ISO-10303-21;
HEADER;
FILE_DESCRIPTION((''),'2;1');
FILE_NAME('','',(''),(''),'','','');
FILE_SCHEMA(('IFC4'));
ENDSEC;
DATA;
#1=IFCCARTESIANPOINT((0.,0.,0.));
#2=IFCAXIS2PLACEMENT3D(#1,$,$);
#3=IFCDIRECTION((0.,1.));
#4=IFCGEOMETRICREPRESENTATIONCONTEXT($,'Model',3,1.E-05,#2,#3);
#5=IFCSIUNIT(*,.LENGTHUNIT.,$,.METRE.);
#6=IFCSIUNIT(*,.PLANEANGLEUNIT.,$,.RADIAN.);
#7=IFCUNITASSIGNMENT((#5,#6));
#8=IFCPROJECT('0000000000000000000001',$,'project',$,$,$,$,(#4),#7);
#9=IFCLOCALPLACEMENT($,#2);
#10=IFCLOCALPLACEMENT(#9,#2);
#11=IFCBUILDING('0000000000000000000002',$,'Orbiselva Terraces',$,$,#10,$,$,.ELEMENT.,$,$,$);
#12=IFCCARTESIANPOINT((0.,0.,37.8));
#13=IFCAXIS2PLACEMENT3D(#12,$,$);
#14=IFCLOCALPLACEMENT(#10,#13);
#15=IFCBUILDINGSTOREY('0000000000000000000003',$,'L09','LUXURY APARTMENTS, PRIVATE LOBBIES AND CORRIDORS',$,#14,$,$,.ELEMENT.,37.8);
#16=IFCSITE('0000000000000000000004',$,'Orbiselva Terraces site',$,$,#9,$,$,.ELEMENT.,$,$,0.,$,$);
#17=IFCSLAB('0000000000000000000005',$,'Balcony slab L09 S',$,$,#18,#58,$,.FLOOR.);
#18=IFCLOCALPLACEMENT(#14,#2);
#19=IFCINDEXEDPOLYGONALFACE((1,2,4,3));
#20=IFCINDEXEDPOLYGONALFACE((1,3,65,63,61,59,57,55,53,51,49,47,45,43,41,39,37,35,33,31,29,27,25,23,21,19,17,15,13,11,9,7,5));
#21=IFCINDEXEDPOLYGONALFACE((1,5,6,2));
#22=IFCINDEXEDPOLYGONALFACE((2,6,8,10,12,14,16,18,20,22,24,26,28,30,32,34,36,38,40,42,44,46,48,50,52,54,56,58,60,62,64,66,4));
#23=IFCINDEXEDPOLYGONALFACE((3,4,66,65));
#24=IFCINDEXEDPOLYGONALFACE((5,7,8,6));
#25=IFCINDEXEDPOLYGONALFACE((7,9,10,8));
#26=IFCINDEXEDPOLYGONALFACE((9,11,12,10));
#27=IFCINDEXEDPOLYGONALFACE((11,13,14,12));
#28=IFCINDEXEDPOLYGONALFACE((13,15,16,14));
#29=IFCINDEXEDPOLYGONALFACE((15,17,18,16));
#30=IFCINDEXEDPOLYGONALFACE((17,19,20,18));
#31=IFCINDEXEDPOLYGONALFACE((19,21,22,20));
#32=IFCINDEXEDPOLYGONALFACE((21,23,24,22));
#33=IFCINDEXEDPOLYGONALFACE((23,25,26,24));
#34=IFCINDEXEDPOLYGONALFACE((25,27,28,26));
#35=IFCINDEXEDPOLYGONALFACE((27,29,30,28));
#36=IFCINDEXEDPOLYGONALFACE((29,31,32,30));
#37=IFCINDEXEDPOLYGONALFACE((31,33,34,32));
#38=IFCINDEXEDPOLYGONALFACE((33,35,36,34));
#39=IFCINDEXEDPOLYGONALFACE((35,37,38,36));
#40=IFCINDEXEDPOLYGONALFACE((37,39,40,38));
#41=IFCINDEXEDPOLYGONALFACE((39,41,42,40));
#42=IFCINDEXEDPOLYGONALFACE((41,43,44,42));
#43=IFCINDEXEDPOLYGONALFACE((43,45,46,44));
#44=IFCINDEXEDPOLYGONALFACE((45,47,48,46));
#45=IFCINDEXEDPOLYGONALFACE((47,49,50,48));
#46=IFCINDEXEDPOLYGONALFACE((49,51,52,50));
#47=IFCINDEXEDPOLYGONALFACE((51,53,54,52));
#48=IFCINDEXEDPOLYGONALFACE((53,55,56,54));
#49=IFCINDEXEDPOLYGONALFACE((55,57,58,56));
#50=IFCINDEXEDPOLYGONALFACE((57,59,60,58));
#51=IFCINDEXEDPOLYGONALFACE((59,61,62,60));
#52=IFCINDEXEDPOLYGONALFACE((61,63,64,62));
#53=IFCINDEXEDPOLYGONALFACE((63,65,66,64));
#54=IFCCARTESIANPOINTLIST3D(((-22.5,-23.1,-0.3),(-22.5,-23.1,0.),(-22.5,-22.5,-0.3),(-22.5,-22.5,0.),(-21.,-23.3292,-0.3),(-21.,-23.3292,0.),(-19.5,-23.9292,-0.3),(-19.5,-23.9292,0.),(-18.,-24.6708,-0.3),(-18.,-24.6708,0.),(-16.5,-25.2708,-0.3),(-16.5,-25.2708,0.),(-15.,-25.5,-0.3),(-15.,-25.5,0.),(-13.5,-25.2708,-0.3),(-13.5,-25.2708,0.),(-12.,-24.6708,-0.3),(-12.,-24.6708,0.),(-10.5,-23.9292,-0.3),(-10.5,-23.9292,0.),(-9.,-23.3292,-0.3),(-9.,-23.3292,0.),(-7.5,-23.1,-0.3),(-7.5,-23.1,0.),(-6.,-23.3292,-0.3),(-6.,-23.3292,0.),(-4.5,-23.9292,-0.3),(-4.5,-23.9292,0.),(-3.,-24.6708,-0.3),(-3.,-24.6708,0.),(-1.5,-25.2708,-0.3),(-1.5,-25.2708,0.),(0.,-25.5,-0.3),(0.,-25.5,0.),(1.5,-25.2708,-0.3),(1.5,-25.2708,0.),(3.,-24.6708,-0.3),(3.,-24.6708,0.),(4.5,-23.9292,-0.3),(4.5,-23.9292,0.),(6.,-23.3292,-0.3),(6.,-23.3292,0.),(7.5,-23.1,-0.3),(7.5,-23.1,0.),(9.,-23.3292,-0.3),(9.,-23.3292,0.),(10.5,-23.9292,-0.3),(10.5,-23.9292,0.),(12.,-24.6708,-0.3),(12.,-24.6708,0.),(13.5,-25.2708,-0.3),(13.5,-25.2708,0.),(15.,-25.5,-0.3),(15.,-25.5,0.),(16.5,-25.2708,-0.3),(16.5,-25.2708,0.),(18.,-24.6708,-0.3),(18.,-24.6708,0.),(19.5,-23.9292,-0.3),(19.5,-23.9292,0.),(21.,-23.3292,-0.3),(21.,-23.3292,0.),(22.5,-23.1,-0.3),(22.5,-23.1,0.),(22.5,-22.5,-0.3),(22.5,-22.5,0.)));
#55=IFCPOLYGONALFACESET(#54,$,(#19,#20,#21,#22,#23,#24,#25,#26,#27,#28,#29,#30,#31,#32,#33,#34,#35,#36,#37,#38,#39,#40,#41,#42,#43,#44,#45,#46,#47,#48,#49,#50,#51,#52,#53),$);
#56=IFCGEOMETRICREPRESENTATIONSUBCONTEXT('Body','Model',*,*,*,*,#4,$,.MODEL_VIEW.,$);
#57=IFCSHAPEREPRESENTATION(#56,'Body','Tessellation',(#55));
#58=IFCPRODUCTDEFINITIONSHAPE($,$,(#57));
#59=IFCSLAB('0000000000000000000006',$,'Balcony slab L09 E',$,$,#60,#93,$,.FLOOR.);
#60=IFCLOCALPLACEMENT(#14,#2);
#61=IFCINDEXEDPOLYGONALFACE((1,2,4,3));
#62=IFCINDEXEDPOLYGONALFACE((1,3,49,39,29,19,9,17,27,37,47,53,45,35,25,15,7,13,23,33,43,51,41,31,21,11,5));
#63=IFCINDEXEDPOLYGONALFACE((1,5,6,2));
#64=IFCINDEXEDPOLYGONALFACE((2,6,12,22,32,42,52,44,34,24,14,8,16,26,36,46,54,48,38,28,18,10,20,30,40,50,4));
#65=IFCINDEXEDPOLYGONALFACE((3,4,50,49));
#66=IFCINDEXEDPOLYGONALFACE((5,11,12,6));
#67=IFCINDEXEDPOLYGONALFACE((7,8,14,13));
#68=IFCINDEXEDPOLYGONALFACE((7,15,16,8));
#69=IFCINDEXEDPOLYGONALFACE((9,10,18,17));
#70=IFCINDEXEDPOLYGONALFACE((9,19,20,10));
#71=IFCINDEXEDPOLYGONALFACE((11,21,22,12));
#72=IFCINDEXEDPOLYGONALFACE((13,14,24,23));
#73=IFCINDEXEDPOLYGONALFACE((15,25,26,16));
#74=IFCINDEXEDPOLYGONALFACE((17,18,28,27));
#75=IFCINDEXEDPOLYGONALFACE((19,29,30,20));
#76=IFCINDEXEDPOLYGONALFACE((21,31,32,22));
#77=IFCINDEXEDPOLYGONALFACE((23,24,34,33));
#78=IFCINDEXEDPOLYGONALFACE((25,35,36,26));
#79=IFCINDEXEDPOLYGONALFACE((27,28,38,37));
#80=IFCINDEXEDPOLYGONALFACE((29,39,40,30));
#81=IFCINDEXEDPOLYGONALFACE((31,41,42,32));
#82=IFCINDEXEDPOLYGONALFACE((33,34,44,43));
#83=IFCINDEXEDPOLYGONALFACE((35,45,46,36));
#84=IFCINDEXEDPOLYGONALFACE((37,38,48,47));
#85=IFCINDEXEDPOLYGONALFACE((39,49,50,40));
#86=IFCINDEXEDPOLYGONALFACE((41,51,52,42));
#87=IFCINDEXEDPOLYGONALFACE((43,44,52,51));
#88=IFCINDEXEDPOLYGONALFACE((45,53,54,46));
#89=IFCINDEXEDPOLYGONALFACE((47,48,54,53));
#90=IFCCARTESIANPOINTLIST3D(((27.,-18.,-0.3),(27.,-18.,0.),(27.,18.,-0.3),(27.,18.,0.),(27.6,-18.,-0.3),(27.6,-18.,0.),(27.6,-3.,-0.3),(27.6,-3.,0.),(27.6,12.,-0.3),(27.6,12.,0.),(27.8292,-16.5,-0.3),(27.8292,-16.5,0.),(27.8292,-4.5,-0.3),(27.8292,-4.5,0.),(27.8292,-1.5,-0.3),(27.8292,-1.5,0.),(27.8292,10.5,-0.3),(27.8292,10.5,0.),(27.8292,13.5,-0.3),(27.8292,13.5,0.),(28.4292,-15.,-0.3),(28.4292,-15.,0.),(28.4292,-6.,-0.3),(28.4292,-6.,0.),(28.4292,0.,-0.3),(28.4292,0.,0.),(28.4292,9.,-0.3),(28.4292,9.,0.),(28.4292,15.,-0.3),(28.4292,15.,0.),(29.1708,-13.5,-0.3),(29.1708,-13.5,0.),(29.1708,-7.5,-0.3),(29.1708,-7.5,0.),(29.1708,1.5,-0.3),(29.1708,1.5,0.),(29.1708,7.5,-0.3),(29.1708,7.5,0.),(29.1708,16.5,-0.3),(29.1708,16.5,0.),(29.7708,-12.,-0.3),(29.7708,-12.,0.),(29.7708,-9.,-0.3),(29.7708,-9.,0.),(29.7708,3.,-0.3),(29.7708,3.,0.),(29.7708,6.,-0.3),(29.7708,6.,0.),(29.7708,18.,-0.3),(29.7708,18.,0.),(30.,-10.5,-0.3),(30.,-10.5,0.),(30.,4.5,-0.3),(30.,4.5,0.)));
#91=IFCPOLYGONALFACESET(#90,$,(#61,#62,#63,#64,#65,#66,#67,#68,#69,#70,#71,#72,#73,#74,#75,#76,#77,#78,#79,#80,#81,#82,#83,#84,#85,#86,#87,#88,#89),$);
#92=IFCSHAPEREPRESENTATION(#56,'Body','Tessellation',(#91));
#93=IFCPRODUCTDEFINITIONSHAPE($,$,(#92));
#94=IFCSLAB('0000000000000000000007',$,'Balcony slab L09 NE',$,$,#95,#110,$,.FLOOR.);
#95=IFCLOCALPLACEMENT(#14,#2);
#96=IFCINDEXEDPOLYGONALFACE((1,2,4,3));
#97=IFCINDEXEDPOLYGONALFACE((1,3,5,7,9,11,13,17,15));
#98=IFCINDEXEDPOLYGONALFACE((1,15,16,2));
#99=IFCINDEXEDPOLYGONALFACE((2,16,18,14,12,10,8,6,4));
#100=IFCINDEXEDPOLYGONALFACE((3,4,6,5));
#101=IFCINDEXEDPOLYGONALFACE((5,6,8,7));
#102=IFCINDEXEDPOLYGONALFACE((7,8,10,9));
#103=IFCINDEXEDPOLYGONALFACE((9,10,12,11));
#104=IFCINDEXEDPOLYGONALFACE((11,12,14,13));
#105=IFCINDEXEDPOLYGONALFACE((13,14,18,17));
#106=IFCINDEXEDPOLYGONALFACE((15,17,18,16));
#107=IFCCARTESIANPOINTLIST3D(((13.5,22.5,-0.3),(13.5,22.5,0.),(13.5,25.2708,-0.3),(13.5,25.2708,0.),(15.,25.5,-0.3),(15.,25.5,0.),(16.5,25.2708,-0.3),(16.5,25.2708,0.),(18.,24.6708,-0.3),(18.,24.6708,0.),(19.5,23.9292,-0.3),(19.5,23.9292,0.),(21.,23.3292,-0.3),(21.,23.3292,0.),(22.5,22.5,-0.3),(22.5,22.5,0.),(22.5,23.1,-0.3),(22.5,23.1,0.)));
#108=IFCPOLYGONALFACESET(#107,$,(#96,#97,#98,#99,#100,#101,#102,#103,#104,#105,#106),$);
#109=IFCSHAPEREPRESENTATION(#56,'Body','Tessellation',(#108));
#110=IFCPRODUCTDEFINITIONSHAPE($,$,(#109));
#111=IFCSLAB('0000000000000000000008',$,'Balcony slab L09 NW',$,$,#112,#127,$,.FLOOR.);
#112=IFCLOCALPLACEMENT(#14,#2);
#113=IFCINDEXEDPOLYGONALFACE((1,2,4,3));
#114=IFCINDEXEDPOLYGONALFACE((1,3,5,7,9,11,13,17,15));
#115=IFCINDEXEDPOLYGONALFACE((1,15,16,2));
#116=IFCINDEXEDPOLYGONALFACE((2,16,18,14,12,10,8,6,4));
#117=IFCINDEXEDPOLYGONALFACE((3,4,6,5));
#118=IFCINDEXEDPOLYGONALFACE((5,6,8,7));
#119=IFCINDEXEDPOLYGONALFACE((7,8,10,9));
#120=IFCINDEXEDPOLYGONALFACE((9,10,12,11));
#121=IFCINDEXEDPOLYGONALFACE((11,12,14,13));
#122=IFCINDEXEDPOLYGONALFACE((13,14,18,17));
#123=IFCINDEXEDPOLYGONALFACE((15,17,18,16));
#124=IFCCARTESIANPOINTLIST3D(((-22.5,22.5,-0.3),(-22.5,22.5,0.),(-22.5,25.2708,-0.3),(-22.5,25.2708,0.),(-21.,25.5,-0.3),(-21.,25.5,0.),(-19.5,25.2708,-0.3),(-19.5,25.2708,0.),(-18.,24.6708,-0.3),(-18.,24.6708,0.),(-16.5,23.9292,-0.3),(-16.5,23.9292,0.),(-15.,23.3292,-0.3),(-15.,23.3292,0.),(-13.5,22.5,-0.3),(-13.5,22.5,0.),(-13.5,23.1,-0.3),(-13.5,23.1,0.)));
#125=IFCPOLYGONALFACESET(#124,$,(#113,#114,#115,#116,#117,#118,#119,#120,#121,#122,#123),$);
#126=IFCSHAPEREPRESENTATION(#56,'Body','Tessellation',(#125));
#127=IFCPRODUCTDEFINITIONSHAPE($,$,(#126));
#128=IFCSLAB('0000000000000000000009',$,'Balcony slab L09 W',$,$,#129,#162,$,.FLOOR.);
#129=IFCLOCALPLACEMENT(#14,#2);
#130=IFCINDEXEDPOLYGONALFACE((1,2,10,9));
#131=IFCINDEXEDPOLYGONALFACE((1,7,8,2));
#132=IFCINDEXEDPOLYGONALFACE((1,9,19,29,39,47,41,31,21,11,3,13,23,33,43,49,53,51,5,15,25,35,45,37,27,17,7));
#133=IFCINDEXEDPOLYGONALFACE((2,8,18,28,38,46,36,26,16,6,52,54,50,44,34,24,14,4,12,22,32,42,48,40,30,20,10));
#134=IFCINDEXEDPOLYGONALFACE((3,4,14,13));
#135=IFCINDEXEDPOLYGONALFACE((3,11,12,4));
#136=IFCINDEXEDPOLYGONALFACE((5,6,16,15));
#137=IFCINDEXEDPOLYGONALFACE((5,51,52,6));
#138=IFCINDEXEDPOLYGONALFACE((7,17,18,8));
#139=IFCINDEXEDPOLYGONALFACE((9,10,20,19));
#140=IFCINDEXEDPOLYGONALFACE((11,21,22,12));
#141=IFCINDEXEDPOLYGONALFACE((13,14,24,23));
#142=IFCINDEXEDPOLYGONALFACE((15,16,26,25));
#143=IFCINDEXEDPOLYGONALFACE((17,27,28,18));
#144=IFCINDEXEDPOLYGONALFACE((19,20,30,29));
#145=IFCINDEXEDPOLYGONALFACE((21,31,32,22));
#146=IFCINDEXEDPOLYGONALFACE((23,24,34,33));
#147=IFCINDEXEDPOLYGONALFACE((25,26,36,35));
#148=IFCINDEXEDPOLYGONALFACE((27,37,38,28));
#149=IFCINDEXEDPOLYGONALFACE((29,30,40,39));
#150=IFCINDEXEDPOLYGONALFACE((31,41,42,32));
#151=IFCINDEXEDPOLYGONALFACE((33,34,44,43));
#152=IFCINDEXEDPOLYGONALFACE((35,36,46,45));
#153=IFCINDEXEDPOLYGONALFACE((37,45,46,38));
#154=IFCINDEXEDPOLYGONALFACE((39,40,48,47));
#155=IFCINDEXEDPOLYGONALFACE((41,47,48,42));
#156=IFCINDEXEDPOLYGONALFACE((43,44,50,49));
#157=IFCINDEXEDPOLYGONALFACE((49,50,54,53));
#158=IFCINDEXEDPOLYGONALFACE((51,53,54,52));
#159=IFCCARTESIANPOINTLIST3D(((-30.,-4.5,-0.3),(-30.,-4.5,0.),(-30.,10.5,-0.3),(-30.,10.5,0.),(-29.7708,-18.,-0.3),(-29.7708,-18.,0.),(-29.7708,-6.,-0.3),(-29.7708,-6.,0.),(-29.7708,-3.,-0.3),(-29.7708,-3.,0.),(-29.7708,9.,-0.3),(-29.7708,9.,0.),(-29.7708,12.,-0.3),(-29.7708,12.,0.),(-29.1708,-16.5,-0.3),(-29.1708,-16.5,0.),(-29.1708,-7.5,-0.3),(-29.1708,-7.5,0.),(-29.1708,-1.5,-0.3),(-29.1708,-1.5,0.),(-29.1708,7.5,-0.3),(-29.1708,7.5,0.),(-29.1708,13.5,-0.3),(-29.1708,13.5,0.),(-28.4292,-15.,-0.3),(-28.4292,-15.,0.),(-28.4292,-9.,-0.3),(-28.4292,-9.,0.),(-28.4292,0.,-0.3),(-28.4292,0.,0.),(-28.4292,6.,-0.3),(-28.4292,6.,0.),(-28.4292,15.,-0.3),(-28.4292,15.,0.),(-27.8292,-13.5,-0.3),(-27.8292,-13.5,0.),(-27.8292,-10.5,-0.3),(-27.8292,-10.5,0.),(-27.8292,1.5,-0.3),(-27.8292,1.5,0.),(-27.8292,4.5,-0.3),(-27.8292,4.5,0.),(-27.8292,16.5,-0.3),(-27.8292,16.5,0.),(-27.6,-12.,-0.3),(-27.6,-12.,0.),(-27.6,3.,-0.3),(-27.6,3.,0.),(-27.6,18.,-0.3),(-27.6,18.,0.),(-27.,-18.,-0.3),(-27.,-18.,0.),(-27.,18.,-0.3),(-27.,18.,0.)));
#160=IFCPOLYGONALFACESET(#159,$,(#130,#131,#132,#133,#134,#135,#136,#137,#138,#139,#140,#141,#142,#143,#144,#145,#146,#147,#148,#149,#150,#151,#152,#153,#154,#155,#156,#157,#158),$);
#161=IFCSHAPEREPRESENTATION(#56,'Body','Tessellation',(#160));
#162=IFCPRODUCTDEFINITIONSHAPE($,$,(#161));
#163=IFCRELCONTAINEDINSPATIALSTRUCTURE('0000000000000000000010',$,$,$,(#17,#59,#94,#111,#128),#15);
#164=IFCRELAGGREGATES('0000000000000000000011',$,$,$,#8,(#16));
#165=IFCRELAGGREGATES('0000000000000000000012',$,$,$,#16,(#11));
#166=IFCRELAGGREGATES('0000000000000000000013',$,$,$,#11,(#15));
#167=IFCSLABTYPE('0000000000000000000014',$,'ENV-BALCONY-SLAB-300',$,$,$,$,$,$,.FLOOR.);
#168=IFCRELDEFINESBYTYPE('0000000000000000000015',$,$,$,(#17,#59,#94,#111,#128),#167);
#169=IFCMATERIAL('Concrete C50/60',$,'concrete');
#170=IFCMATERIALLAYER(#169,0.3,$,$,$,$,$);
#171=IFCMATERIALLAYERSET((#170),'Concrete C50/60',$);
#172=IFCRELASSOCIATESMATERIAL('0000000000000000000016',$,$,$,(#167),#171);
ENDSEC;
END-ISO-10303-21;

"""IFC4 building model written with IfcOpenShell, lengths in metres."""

from ifc_helpers import new_model, si_unit, direction, frame, origin, place, context, subcontext, project, spatial, polyline, outline, extrude, material, layer, layer_set, type_object, element, save


model = new_model("IFC4")

# Units and contexts
model_context = context("Model", 3, precision=1e-05, world=origin(), true_north=direction((0.0, 1.0)))
body_context = subcontext(model_context, "Body", "Model", "MODEL_VIEW")
ifc_project = project(units=[si_unit("LENGTHUNIT", "METRE"), si_unit("PLANEANGLEUNIT", "RADIAN")], contexts=[model_context])

# Site, building, storey
site_placement = place(None, origin())
site = spatial("IfcSite", under=ifc_project, at=site_placement, Name="Orbiselva Terraces site", CompositionType="ELEMENT", RefElevation=0.0)
building_placement = place(site_placement, origin())
building = spatial("IfcBuilding", under=site, at=building_placement, Name="Orbiselva Terraces", CompositionType="ELEMENT")
storey_placement = place(building_placement, frame((0.0, 0.0, 37.8)))
storey = spatial("IfcBuildingStorey", under=building, at=storey_placement, Name="L09", Description="LUXURY APARTMENTS, PRIVATE LOBBIES AND CORRIDORS", CompositionType="ELEMENT", Elevation=37.8)

# Slabs
ifc_material_1 = material(Name="Concrete C50/60", Category="concrete")
ifc_layer_1 = layer(ifc_material_1, 0.3)
ifc_layer_set_1 = layer_set([ifc_layer_1], Name="Concrete C50/60")
slab_type_1 = type_object("IfcSlabType", Name="ENV-BALCONY-SLAB-300", PredefinedType="FLOOR", material=ifc_layer_set_1)
slab_1_placement = place(storey_placement, frame((0.0, 0.0, -0.3)))
element("IfcSlab", 1, at=slab_1_placement, inside=storey, type_object=slab_type_1, Name="Balcony slab L09 S", PredefinedType="FLOOR", context=body_context, shape_type="SweptSolid", body=[
    extrude(outline(polyline([(-22.5, -23.1), (-21.0, -23.3292), (-19.5, -23.9292), (-18.0, -24.6708), (-16.5, -25.2708), (-15.0, -25.5), (-13.5, -25.2708), (-12.0, -24.6708), (-10.5, -23.9292), (-9.0, -23.3292), (-7.5, -23.1), (-6.0, -23.3292), (-4.5, -23.9292), (-3.0, -24.6708), (-1.5, -25.2708), (0.0, -25.5), (1.5, -25.2708), (3.0, -24.6708), (4.5, -23.9292), (6.0, -23.3292), (7.5, -23.1), (9.0, -23.3292), (10.5, -23.9292), (12.0, -24.6708), (13.5, -25.2708), (15.0, -25.5), (16.5, -25.2708), (18.0, -24.6708), (19.5, -23.9292), (21.0, -23.3292), (22.5, -23.1), (22.5, -22.5), (-22.5, -22.5), (-22.5, -23.1)])), origin(), (0.0, 0.0, 1.0), 0.3),
])
slab_2_placement = place(storey_placement, frame((0.0, 0.0, -0.3)))
element("IfcSlab", 2, at=slab_2_placement, inside=storey, type_object=slab_type_1, Name="Balcony slab L09 E", PredefinedType="FLOOR", context=body_context, shape_type="SweptSolid", body=[
    extrude(outline(polyline([(27.6, -18.0), (27.8292, -16.5), (28.4292, -15.0), (29.1708, -13.5), (29.7708, -12.0), (30.0, -10.5), (29.7708, -9.0), (29.1708, -7.5), (28.4292, -6.0), (27.8292, -4.5), (27.6, -3.0), (27.8292, -1.5), (28.4292, 0.0), (29.1708, 1.5), (29.7708, 3.0), (30.0, 4.5), (29.7708, 6.0), (29.1708, 7.5), (28.4292, 9.0), (27.8292, 10.5), (27.6, 12.0), (27.8292, 13.5), (28.4292, 15.0), (29.1708, 16.5), (29.7708, 18.0), (27.0, 18.0), (27.0, -18.0), (27.6, -18.0)])), origin(), (0.0, 0.0, 1.0), 0.3),
])
slab_3_placement = place(storey_placement, frame((0.0, 0.0, -0.3)))
element("IfcSlab", 3, at=slab_3_placement, inside=storey, type_object=slab_type_1, Name="Balcony slab L09 NE", PredefinedType="FLOOR", context=body_context, shape_type="SweptSolid", body=[
    extrude(outline(polyline([(22.5, 23.1), (21.0, 23.3292), (19.5, 23.9292), (18.0, 24.6708), (16.5, 25.2708), (15.0, 25.5), (13.5, 25.2708), (13.5, 22.5), (22.5, 22.5), (22.5, 23.1)])), origin(), (0.0, 0.0, 1.0), 0.3),
])
slab_4_placement = place(storey_placement, frame((0.0, 0.0, -0.3)))
element("IfcSlab", 4, at=slab_4_placement, inside=storey, type_object=slab_type_1, Name="Balcony slab L09 NW", PredefinedType="FLOOR", context=body_context, shape_type="SweptSolid", body=[
    extrude(outline(polyline([(-13.5, 23.1), (-15.0, 23.3292), (-16.5, 23.9292), (-18.0, 24.6708), (-19.5, 25.2708), (-21.0, 25.5), (-22.5, 25.2708), (-22.5, 22.5), (-13.5, 22.5), (-13.5, 23.1)])), origin(), (0.0, 0.0, 1.0), 0.3),
])
slab_5_placement = place(storey_placement, frame((0.0, 0.0, -0.3)))
element("IfcSlab", 5, at=slab_5_placement, inside=storey, type_object=slab_type_1, Name="Balcony slab L09 W", PredefinedType="FLOOR", context=body_context, shape_type="SweptSolid", body=[
    extrude(outline(polyline([(-27.6, 18.0), (-27.8292, 16.5), (-28.4292, 15.0), (-29.1708, 13.5), (-29.7708, 12.0), (-30.0, 10.5), (-29.7708, 9.0), (-29.1708, 7.5), (-28.4292, 6.0), (-27.8292, 4.5), (-27.6, 3.0), (-27.8292, 1.5), (-28.4292, 0.0), (-29.1708, -1.5), (-29.7708, -3.0), (-30.0, -4.5), (-29.7708, -6.0), (-29.1708, -7.5), (-28.4292, -9.0), (-27.8292, -10.5), (-27.6, -12.0), (-27.8292, -13.5), (-28.4292, -15.0), (-29.1708, -16.5), (-29.7708, -18.0), (-27.0, -18.0), (-27.0, 18.0), (-27.6, 18.0)])), origin(), (0.0, 0.0, 1.0), 0.3),
])

save(model, "model.ifc")
